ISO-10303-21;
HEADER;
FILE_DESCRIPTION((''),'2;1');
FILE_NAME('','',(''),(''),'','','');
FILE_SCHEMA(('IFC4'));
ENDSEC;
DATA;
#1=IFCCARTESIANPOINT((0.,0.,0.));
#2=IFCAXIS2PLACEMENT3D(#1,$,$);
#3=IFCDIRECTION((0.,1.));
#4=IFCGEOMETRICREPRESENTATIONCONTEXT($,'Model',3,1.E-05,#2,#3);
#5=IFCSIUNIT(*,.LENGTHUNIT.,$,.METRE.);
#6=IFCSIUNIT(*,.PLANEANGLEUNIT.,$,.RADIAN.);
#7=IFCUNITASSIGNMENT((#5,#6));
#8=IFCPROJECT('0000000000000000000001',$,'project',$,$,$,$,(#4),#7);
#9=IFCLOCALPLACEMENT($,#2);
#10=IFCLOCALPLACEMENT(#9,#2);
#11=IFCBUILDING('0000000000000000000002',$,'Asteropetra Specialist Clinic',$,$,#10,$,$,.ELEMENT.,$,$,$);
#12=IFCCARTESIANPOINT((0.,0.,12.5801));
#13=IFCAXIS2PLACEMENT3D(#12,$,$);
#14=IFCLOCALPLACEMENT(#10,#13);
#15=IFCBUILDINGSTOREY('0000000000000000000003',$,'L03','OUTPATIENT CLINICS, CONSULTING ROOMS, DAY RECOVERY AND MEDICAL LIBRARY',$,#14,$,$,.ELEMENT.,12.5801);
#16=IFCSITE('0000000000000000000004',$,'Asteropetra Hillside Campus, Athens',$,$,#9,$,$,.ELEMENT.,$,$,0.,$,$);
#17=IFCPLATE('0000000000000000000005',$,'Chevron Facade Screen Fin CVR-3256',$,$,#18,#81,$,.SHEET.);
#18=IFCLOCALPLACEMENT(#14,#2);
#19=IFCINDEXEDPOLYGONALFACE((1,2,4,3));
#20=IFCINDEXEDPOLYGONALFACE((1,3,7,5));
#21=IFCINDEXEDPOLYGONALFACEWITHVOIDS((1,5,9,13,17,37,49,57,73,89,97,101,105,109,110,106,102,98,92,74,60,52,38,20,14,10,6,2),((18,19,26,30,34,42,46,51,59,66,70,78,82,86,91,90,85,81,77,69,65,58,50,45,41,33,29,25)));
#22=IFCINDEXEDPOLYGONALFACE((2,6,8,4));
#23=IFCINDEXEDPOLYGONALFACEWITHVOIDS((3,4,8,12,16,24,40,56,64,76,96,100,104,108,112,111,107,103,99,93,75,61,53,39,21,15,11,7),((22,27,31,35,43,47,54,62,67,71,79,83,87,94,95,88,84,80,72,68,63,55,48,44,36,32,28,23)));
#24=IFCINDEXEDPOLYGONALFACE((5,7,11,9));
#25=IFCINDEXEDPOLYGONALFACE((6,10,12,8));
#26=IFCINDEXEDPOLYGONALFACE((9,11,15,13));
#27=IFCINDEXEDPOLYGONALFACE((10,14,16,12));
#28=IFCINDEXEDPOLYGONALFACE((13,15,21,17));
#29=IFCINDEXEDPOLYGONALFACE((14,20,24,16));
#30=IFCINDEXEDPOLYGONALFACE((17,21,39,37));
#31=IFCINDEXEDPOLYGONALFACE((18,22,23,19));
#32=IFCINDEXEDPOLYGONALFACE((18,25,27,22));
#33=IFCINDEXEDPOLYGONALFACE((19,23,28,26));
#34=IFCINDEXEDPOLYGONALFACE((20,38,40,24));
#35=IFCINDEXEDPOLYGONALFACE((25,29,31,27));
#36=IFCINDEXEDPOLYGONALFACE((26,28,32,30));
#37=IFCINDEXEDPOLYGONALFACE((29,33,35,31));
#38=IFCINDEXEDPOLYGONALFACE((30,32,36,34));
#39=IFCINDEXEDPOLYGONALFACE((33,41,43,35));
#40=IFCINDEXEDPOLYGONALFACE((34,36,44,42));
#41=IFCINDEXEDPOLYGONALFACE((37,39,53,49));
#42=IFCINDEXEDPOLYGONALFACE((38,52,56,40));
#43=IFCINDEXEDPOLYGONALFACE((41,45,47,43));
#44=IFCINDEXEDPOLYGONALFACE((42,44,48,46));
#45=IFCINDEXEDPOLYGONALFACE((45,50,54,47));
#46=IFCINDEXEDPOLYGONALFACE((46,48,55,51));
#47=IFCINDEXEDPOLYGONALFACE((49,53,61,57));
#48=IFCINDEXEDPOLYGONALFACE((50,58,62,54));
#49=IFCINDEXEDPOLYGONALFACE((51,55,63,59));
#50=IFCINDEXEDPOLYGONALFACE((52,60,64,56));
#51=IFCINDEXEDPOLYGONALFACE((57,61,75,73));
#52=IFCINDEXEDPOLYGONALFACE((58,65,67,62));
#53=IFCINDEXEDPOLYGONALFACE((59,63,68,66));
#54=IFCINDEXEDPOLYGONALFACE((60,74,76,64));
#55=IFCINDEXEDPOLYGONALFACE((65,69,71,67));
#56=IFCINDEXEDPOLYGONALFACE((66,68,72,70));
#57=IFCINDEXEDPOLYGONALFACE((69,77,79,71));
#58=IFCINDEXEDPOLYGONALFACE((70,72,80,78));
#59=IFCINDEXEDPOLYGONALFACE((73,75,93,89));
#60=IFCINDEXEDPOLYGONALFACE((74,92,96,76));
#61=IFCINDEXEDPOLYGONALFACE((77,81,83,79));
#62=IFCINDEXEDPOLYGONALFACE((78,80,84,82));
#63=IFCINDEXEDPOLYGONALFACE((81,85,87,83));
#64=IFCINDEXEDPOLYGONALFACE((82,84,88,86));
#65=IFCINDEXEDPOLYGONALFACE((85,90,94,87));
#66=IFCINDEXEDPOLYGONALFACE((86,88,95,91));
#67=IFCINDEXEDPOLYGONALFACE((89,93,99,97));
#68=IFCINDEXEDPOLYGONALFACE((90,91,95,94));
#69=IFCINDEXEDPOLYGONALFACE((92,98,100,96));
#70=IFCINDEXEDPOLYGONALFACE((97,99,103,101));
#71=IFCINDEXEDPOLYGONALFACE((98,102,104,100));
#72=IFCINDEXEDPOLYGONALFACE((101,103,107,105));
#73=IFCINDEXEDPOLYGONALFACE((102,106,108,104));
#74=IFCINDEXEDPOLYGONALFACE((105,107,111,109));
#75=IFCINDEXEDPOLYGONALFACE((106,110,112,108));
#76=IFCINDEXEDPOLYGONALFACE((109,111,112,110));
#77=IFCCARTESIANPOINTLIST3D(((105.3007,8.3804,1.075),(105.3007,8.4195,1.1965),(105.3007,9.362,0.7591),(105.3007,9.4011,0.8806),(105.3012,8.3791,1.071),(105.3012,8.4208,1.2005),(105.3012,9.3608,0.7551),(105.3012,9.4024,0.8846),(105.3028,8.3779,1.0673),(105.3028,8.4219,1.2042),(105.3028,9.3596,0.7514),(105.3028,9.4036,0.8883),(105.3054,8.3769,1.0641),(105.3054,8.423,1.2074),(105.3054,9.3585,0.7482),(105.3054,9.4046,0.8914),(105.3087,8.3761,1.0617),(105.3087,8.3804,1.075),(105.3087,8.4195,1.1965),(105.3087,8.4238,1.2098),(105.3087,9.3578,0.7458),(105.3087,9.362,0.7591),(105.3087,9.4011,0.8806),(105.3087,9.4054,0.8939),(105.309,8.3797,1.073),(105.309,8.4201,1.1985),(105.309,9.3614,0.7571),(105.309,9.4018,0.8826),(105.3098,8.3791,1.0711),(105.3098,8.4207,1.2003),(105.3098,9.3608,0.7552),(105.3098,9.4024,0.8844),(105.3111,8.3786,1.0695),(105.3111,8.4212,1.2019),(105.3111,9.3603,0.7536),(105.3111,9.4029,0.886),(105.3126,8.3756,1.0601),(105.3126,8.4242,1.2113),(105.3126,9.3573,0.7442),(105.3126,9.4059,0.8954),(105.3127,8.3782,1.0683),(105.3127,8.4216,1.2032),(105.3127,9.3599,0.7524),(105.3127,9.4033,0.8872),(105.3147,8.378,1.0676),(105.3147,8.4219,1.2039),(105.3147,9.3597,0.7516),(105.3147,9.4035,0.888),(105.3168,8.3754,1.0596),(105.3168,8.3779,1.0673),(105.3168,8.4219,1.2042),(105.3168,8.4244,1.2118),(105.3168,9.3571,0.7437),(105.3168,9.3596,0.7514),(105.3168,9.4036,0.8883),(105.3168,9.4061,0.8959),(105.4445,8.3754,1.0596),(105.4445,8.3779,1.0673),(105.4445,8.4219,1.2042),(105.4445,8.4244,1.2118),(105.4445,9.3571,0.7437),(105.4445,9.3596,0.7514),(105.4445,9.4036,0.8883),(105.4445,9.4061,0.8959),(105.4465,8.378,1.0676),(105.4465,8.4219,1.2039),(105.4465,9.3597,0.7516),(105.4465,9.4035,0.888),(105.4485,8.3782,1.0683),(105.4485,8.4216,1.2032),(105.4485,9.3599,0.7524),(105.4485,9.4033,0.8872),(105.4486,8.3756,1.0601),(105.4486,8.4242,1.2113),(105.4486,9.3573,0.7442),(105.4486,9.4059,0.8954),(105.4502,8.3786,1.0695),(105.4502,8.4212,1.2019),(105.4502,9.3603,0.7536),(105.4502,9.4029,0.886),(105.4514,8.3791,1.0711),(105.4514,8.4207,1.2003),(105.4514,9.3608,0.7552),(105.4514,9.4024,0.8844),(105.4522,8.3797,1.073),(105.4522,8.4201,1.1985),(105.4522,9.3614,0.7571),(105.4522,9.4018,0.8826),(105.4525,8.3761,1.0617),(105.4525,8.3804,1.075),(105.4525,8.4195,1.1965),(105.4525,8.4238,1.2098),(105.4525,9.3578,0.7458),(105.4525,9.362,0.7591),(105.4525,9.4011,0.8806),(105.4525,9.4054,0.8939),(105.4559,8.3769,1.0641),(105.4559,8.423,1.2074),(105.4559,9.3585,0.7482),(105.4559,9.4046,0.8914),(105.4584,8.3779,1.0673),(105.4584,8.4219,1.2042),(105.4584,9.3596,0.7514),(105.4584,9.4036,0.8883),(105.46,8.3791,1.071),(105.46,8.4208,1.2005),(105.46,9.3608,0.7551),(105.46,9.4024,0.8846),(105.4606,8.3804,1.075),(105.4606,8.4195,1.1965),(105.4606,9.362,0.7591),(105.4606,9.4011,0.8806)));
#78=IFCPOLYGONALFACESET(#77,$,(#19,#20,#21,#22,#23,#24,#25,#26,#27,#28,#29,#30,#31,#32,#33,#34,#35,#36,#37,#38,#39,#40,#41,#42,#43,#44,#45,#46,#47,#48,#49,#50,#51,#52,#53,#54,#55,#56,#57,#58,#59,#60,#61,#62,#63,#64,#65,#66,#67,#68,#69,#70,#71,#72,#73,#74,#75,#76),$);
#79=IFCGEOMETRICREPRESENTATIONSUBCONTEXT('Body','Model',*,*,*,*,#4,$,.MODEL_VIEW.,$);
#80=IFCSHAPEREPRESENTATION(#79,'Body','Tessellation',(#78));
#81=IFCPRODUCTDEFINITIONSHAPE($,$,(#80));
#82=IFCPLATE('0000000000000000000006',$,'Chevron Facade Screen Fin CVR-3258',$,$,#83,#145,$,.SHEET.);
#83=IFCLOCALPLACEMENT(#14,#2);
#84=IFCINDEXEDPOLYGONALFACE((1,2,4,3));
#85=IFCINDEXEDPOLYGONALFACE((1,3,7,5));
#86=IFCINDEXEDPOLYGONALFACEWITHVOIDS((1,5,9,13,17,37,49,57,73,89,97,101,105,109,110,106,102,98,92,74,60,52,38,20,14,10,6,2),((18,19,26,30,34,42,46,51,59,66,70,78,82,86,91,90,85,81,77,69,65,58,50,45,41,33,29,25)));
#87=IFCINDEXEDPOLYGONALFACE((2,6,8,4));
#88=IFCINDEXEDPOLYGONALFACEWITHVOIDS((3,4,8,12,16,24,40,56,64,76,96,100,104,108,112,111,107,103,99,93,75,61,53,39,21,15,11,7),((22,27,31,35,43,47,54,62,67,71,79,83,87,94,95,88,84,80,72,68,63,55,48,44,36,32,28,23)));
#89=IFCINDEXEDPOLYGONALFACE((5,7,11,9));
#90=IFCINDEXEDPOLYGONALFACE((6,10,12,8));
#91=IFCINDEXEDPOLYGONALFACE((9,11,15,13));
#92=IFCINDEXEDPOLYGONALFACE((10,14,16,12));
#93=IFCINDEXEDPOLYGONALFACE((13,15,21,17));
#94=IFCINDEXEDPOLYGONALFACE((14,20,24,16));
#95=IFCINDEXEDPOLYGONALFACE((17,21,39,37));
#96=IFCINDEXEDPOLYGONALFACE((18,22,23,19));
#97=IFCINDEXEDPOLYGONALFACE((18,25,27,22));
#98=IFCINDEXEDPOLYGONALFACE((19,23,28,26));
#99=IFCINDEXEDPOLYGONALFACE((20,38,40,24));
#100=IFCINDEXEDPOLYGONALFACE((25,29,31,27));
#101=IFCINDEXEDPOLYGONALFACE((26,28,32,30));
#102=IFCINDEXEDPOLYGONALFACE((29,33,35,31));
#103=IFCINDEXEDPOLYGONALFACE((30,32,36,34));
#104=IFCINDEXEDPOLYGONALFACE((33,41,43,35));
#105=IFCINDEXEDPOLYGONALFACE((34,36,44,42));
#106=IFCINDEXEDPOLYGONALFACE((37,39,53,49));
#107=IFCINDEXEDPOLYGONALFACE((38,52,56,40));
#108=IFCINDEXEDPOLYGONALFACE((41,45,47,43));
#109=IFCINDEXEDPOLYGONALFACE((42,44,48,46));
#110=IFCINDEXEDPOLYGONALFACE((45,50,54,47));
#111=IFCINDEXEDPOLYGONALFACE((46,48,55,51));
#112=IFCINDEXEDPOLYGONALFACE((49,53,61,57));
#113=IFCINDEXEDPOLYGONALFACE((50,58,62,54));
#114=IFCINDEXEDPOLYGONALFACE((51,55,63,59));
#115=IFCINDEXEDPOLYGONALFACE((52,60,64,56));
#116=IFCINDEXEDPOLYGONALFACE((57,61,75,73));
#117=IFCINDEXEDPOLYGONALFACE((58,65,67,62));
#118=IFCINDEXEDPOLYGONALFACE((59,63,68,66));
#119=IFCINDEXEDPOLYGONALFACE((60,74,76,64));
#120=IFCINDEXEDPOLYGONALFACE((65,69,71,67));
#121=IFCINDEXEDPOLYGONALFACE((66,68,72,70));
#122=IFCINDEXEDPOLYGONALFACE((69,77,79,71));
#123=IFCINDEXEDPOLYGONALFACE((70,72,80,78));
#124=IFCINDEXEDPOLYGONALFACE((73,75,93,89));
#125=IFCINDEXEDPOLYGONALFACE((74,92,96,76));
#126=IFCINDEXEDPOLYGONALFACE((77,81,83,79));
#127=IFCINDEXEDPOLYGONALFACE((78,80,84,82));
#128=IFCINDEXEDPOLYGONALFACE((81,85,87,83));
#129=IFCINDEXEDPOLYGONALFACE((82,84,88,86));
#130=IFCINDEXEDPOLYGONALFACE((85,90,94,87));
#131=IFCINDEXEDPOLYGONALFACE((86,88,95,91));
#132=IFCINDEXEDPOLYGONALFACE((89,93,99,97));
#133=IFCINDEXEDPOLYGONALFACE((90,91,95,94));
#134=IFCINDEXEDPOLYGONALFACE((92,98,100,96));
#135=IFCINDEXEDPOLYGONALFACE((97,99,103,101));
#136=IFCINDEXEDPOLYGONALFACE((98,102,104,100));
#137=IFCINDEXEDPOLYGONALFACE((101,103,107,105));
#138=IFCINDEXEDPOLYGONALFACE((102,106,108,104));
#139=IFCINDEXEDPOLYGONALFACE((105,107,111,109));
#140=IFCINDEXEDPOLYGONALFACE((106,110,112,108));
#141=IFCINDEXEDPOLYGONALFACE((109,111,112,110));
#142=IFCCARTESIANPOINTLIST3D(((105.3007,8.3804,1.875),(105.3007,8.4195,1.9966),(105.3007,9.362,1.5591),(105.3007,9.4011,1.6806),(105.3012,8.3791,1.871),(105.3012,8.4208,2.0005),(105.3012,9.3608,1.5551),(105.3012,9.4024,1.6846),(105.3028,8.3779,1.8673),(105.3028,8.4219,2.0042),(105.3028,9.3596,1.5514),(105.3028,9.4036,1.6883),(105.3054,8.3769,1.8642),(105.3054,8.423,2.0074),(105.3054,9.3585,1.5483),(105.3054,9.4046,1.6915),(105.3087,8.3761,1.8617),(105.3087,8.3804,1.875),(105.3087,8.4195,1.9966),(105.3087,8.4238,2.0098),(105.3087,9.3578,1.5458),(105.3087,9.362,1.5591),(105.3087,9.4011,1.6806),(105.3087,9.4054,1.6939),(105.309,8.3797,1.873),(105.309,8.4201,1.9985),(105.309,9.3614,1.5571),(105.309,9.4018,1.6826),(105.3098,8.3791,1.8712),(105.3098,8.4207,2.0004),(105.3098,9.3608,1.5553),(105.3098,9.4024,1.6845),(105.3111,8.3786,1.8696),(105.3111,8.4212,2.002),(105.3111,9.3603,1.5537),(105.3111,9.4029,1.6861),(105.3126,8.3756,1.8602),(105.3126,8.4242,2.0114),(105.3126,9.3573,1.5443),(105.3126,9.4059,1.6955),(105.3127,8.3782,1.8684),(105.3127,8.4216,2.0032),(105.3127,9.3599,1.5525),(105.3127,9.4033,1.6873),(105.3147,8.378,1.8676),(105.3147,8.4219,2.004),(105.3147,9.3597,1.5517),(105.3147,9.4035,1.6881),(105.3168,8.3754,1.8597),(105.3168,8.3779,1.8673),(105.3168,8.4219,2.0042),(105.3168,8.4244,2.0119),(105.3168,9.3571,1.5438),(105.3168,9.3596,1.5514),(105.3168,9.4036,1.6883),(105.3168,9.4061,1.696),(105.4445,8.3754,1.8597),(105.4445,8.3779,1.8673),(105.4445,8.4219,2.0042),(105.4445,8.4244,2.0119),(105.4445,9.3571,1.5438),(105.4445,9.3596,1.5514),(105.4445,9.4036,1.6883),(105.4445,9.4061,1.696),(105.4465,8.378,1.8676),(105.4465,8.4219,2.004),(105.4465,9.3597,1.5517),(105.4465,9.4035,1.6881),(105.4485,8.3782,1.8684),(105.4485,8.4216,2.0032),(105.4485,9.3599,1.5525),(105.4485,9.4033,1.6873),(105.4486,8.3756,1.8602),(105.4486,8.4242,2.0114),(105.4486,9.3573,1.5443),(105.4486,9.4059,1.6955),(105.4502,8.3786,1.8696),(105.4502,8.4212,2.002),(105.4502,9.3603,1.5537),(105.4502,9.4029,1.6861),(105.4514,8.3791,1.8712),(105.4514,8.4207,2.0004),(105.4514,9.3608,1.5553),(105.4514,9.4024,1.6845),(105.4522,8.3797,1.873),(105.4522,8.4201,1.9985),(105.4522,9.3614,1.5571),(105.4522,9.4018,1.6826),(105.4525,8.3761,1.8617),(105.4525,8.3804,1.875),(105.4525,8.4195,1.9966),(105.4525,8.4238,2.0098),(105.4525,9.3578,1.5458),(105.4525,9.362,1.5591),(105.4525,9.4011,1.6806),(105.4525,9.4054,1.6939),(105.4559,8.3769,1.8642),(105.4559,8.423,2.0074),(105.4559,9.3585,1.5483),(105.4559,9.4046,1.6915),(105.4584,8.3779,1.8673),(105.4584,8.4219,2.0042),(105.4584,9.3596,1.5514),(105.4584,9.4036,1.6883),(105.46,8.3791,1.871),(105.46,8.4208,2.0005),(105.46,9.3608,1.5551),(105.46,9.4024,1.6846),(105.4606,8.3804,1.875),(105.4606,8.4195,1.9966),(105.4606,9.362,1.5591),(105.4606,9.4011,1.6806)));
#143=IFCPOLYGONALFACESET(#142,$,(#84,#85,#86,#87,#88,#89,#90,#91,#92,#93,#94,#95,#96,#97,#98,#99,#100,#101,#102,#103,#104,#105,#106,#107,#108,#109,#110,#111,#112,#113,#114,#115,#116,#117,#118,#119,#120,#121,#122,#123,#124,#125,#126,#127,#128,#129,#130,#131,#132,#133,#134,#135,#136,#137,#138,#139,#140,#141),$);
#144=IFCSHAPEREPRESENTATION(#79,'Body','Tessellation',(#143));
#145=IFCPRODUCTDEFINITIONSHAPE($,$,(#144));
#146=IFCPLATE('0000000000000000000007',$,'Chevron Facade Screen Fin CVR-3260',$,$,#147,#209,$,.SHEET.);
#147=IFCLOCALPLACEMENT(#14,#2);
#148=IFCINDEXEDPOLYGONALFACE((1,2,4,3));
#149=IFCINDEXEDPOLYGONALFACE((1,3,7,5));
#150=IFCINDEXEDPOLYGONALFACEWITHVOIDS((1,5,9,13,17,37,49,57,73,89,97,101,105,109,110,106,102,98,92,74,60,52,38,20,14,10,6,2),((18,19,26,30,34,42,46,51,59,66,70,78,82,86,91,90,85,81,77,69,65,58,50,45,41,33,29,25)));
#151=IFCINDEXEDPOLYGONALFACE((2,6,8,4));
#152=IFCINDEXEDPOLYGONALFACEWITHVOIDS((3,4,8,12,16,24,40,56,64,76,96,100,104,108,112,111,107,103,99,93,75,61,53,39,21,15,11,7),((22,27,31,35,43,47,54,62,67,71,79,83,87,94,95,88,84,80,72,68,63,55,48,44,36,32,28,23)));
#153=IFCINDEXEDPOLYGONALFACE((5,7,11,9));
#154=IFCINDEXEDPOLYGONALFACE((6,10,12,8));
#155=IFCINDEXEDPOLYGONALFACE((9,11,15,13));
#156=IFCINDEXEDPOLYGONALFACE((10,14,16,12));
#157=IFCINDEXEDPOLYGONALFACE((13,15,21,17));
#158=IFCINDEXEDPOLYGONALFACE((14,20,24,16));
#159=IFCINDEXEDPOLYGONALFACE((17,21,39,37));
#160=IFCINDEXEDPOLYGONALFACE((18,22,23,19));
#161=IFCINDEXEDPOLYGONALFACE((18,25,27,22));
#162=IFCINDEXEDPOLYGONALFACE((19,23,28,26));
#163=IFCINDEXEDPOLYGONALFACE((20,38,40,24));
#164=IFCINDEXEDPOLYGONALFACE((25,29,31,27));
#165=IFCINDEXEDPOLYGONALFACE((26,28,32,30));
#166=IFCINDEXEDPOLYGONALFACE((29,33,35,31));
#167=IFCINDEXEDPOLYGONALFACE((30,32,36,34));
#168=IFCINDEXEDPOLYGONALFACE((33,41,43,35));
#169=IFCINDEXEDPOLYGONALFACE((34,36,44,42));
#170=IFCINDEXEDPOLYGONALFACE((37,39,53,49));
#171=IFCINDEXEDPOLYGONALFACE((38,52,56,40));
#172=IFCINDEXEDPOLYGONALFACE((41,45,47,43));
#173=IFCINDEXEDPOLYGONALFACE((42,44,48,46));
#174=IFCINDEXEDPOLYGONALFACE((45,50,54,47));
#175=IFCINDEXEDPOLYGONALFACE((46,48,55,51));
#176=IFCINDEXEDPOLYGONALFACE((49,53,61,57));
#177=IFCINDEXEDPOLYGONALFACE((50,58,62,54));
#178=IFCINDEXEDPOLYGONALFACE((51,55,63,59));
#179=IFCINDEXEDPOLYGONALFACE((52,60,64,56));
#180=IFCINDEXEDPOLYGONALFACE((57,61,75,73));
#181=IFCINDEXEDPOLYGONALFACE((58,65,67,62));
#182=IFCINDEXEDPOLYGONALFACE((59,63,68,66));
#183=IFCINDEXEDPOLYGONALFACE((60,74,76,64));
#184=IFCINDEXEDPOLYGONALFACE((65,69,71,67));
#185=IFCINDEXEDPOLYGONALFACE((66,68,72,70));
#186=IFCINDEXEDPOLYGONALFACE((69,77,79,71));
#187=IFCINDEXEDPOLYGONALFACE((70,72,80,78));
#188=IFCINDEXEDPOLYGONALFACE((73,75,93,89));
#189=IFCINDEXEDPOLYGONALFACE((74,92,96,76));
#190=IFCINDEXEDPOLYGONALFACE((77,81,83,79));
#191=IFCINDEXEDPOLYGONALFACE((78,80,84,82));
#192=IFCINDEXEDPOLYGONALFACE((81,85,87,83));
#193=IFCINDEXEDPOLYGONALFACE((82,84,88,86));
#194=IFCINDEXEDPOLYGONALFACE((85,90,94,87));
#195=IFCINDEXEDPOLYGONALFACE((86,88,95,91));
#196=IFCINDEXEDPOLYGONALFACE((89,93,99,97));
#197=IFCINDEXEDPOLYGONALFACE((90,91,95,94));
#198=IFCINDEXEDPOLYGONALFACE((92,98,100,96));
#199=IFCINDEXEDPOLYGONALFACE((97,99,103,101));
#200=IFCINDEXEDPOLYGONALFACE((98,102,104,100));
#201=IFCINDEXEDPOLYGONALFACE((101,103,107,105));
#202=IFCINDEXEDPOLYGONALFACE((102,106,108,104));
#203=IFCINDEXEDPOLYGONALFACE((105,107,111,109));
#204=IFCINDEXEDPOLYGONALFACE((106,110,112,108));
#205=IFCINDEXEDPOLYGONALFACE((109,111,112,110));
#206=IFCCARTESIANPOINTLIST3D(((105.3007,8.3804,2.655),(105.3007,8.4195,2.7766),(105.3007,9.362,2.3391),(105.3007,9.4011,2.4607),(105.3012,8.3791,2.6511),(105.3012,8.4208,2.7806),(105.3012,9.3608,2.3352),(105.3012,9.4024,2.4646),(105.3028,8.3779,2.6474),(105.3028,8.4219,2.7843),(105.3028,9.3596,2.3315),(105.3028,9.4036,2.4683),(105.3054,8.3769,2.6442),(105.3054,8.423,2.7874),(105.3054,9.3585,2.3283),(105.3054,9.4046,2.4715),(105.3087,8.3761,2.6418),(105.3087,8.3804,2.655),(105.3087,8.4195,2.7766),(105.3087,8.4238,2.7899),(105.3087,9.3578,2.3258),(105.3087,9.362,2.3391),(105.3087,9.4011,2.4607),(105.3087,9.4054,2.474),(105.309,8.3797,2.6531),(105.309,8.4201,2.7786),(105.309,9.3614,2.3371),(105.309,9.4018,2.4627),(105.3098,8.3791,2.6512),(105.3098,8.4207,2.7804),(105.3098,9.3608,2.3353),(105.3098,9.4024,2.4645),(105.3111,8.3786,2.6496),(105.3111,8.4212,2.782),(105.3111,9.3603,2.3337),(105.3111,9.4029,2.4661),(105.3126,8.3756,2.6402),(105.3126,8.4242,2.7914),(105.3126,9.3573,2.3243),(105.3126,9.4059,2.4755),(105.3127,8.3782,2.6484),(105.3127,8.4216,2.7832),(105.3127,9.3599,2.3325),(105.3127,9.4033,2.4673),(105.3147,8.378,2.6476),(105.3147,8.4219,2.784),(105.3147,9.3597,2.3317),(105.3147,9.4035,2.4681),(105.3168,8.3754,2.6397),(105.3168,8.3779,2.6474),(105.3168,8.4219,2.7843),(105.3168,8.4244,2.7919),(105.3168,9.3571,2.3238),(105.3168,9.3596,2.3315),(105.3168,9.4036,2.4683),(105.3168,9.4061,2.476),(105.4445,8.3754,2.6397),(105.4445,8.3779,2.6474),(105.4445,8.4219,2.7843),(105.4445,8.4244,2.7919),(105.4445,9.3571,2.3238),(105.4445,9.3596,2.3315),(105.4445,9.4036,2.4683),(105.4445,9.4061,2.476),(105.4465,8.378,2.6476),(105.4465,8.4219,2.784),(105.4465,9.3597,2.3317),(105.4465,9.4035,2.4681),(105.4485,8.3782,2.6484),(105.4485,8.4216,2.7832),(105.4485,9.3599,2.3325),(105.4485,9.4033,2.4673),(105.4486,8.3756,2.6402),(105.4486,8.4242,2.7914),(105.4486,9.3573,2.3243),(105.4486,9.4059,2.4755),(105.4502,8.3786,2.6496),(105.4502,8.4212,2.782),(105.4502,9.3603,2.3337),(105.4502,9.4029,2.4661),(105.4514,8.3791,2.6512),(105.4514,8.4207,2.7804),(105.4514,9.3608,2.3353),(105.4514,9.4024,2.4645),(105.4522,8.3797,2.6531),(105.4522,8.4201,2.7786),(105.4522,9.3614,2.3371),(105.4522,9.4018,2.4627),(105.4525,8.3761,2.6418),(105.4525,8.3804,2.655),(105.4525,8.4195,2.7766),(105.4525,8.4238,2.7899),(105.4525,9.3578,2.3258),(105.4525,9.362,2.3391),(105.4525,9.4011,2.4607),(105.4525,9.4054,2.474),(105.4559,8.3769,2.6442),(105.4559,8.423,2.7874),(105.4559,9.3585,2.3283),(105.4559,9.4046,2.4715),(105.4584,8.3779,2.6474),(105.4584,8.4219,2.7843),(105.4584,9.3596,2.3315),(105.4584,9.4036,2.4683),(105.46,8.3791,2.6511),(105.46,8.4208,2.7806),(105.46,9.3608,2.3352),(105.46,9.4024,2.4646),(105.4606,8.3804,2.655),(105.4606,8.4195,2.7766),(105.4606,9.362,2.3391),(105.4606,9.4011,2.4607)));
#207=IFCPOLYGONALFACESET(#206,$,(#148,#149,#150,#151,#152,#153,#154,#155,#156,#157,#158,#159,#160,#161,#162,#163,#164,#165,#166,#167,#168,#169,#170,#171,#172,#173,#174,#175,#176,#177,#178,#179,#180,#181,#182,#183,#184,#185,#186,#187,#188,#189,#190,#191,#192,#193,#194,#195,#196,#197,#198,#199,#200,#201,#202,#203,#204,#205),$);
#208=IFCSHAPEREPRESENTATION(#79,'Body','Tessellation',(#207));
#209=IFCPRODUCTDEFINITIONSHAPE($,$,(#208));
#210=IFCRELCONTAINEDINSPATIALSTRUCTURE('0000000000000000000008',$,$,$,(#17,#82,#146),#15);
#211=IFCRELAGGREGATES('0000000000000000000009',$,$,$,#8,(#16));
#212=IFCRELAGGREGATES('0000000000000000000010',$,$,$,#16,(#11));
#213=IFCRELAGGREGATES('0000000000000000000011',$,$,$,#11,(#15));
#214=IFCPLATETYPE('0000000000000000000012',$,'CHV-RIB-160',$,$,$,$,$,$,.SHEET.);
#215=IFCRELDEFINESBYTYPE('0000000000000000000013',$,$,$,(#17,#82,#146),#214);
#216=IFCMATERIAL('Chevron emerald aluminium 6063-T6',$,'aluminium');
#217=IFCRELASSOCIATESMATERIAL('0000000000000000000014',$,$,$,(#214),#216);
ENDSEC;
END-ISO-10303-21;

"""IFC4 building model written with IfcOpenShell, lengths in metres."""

from ifc_helpers import new_model, si_unit, direction, frame, origin, origin_2d, place, context, subcontext, project, spatial, hollow_rectangle, extrude, material, material_profile, profile_set, type_object, element, save


model = new_model("IFC4")

# Units and contexts
model_context = context("Model", 3, precision=1e-05, world=origin(), true_north=direction((0.0, 1.0)))
body_context = subcontext(model_context, "Body", "Model", "MODEL_VIEW")
ifc_project = project(units=[si_unit("LENGTHUNIT", "METRE"), si_unit("PLANEANGLEUNIT", "RADIAN")], contexts=[model_context])

# Site, building, storey
site_placement = place(None, origin())
site = spatial("IfcSite", under=ifc_project, at=site_placement, Name="Asteropetra Hillside Campus, Athens", CompositionType="ELEMENT", RefElevation=0.0)
building_placement = place(site_placement, origin())
building = spatial("IfcBuilding", under=site, at=building_placement, Name="Asteropetra Specialist Clinic", CompositionType="ELEMENT")
storey_placement = place(building_placement, frame((0.0, 0.0, 12.5801)))
storey = spatial("IfcBuildingStorey", under=building, at=storey_placement, Name="L03", Description="OUTPATIENT CLINICS, CONSULTING ROOMS, DAY RECOVERY AND MEDICAL LIBRARY", CompositionType="ELEMENT", Elevation=12.5801)

# Plates
ifc_material_1 = material(Name="Chevron emerald aluminium 6063-T6", Category="aluminium")
ifc_material_profile = material_profile(ifc_material_1, hollow_rectangle(XDim=0.1599, YDim=0.1599, WallThickness=0.0081, InnerFilletRadius=0.0081, OuterFilletRadius=0.0161, at=origin_2d()), Name="SHS 160x160x8.0")
ifc_profile_set = profile_set([ifc_material_profile], Name="Chevron emerald aluminium 6063-T6")
plate_type_1 = type_object("IfcPlateType", Name="CHV-RIB-160", PredefinedType="SHEET", material=ifc_profile_set)
for number, where, z_axis, x_axis, name in (
    (1, (105.3806, 9.3816, 0.8198), (0.0, -0.951923, 0.306339), (1.0, 0.0, 0.0), "Chevron Facade Screen Fin CVR-3256"),
    (2, (105.3806, 9.3816, 1.6199), (0.0, -0.951923, 0.306339), (1.0, 0.0, 0.0), "Chevron Facade Screen Fin CVR-3258"),
    (3, (105.3806, 9.3816, 2.3999), (0.0, -0.951923, 0.306339), (1.0, 0.0, 0.0), "Chevron Facade Screen Fin CVR-3260"),
):
    element("IfcPlate", number, at=place(storey_placement, frame(where, z_axis=z_axis, x_axis=x_axis)), inside=storey, type_object=plate_type_1, Name=name, PredefinedType="SHEET", context=body_context, shape_type="SweptSolid", body=[
        extrude(hollow_rectangle(XDim=0.1599, YDim=0.1599, WallThickness=0.0081, InnerFilletRadius=0.0081, OuterFilletRadius=0.0161, at=origin_2d()), origin(), (0.0, 0.0, 1.0), 1.0312),
    ])

save(model, "model.ifc")
